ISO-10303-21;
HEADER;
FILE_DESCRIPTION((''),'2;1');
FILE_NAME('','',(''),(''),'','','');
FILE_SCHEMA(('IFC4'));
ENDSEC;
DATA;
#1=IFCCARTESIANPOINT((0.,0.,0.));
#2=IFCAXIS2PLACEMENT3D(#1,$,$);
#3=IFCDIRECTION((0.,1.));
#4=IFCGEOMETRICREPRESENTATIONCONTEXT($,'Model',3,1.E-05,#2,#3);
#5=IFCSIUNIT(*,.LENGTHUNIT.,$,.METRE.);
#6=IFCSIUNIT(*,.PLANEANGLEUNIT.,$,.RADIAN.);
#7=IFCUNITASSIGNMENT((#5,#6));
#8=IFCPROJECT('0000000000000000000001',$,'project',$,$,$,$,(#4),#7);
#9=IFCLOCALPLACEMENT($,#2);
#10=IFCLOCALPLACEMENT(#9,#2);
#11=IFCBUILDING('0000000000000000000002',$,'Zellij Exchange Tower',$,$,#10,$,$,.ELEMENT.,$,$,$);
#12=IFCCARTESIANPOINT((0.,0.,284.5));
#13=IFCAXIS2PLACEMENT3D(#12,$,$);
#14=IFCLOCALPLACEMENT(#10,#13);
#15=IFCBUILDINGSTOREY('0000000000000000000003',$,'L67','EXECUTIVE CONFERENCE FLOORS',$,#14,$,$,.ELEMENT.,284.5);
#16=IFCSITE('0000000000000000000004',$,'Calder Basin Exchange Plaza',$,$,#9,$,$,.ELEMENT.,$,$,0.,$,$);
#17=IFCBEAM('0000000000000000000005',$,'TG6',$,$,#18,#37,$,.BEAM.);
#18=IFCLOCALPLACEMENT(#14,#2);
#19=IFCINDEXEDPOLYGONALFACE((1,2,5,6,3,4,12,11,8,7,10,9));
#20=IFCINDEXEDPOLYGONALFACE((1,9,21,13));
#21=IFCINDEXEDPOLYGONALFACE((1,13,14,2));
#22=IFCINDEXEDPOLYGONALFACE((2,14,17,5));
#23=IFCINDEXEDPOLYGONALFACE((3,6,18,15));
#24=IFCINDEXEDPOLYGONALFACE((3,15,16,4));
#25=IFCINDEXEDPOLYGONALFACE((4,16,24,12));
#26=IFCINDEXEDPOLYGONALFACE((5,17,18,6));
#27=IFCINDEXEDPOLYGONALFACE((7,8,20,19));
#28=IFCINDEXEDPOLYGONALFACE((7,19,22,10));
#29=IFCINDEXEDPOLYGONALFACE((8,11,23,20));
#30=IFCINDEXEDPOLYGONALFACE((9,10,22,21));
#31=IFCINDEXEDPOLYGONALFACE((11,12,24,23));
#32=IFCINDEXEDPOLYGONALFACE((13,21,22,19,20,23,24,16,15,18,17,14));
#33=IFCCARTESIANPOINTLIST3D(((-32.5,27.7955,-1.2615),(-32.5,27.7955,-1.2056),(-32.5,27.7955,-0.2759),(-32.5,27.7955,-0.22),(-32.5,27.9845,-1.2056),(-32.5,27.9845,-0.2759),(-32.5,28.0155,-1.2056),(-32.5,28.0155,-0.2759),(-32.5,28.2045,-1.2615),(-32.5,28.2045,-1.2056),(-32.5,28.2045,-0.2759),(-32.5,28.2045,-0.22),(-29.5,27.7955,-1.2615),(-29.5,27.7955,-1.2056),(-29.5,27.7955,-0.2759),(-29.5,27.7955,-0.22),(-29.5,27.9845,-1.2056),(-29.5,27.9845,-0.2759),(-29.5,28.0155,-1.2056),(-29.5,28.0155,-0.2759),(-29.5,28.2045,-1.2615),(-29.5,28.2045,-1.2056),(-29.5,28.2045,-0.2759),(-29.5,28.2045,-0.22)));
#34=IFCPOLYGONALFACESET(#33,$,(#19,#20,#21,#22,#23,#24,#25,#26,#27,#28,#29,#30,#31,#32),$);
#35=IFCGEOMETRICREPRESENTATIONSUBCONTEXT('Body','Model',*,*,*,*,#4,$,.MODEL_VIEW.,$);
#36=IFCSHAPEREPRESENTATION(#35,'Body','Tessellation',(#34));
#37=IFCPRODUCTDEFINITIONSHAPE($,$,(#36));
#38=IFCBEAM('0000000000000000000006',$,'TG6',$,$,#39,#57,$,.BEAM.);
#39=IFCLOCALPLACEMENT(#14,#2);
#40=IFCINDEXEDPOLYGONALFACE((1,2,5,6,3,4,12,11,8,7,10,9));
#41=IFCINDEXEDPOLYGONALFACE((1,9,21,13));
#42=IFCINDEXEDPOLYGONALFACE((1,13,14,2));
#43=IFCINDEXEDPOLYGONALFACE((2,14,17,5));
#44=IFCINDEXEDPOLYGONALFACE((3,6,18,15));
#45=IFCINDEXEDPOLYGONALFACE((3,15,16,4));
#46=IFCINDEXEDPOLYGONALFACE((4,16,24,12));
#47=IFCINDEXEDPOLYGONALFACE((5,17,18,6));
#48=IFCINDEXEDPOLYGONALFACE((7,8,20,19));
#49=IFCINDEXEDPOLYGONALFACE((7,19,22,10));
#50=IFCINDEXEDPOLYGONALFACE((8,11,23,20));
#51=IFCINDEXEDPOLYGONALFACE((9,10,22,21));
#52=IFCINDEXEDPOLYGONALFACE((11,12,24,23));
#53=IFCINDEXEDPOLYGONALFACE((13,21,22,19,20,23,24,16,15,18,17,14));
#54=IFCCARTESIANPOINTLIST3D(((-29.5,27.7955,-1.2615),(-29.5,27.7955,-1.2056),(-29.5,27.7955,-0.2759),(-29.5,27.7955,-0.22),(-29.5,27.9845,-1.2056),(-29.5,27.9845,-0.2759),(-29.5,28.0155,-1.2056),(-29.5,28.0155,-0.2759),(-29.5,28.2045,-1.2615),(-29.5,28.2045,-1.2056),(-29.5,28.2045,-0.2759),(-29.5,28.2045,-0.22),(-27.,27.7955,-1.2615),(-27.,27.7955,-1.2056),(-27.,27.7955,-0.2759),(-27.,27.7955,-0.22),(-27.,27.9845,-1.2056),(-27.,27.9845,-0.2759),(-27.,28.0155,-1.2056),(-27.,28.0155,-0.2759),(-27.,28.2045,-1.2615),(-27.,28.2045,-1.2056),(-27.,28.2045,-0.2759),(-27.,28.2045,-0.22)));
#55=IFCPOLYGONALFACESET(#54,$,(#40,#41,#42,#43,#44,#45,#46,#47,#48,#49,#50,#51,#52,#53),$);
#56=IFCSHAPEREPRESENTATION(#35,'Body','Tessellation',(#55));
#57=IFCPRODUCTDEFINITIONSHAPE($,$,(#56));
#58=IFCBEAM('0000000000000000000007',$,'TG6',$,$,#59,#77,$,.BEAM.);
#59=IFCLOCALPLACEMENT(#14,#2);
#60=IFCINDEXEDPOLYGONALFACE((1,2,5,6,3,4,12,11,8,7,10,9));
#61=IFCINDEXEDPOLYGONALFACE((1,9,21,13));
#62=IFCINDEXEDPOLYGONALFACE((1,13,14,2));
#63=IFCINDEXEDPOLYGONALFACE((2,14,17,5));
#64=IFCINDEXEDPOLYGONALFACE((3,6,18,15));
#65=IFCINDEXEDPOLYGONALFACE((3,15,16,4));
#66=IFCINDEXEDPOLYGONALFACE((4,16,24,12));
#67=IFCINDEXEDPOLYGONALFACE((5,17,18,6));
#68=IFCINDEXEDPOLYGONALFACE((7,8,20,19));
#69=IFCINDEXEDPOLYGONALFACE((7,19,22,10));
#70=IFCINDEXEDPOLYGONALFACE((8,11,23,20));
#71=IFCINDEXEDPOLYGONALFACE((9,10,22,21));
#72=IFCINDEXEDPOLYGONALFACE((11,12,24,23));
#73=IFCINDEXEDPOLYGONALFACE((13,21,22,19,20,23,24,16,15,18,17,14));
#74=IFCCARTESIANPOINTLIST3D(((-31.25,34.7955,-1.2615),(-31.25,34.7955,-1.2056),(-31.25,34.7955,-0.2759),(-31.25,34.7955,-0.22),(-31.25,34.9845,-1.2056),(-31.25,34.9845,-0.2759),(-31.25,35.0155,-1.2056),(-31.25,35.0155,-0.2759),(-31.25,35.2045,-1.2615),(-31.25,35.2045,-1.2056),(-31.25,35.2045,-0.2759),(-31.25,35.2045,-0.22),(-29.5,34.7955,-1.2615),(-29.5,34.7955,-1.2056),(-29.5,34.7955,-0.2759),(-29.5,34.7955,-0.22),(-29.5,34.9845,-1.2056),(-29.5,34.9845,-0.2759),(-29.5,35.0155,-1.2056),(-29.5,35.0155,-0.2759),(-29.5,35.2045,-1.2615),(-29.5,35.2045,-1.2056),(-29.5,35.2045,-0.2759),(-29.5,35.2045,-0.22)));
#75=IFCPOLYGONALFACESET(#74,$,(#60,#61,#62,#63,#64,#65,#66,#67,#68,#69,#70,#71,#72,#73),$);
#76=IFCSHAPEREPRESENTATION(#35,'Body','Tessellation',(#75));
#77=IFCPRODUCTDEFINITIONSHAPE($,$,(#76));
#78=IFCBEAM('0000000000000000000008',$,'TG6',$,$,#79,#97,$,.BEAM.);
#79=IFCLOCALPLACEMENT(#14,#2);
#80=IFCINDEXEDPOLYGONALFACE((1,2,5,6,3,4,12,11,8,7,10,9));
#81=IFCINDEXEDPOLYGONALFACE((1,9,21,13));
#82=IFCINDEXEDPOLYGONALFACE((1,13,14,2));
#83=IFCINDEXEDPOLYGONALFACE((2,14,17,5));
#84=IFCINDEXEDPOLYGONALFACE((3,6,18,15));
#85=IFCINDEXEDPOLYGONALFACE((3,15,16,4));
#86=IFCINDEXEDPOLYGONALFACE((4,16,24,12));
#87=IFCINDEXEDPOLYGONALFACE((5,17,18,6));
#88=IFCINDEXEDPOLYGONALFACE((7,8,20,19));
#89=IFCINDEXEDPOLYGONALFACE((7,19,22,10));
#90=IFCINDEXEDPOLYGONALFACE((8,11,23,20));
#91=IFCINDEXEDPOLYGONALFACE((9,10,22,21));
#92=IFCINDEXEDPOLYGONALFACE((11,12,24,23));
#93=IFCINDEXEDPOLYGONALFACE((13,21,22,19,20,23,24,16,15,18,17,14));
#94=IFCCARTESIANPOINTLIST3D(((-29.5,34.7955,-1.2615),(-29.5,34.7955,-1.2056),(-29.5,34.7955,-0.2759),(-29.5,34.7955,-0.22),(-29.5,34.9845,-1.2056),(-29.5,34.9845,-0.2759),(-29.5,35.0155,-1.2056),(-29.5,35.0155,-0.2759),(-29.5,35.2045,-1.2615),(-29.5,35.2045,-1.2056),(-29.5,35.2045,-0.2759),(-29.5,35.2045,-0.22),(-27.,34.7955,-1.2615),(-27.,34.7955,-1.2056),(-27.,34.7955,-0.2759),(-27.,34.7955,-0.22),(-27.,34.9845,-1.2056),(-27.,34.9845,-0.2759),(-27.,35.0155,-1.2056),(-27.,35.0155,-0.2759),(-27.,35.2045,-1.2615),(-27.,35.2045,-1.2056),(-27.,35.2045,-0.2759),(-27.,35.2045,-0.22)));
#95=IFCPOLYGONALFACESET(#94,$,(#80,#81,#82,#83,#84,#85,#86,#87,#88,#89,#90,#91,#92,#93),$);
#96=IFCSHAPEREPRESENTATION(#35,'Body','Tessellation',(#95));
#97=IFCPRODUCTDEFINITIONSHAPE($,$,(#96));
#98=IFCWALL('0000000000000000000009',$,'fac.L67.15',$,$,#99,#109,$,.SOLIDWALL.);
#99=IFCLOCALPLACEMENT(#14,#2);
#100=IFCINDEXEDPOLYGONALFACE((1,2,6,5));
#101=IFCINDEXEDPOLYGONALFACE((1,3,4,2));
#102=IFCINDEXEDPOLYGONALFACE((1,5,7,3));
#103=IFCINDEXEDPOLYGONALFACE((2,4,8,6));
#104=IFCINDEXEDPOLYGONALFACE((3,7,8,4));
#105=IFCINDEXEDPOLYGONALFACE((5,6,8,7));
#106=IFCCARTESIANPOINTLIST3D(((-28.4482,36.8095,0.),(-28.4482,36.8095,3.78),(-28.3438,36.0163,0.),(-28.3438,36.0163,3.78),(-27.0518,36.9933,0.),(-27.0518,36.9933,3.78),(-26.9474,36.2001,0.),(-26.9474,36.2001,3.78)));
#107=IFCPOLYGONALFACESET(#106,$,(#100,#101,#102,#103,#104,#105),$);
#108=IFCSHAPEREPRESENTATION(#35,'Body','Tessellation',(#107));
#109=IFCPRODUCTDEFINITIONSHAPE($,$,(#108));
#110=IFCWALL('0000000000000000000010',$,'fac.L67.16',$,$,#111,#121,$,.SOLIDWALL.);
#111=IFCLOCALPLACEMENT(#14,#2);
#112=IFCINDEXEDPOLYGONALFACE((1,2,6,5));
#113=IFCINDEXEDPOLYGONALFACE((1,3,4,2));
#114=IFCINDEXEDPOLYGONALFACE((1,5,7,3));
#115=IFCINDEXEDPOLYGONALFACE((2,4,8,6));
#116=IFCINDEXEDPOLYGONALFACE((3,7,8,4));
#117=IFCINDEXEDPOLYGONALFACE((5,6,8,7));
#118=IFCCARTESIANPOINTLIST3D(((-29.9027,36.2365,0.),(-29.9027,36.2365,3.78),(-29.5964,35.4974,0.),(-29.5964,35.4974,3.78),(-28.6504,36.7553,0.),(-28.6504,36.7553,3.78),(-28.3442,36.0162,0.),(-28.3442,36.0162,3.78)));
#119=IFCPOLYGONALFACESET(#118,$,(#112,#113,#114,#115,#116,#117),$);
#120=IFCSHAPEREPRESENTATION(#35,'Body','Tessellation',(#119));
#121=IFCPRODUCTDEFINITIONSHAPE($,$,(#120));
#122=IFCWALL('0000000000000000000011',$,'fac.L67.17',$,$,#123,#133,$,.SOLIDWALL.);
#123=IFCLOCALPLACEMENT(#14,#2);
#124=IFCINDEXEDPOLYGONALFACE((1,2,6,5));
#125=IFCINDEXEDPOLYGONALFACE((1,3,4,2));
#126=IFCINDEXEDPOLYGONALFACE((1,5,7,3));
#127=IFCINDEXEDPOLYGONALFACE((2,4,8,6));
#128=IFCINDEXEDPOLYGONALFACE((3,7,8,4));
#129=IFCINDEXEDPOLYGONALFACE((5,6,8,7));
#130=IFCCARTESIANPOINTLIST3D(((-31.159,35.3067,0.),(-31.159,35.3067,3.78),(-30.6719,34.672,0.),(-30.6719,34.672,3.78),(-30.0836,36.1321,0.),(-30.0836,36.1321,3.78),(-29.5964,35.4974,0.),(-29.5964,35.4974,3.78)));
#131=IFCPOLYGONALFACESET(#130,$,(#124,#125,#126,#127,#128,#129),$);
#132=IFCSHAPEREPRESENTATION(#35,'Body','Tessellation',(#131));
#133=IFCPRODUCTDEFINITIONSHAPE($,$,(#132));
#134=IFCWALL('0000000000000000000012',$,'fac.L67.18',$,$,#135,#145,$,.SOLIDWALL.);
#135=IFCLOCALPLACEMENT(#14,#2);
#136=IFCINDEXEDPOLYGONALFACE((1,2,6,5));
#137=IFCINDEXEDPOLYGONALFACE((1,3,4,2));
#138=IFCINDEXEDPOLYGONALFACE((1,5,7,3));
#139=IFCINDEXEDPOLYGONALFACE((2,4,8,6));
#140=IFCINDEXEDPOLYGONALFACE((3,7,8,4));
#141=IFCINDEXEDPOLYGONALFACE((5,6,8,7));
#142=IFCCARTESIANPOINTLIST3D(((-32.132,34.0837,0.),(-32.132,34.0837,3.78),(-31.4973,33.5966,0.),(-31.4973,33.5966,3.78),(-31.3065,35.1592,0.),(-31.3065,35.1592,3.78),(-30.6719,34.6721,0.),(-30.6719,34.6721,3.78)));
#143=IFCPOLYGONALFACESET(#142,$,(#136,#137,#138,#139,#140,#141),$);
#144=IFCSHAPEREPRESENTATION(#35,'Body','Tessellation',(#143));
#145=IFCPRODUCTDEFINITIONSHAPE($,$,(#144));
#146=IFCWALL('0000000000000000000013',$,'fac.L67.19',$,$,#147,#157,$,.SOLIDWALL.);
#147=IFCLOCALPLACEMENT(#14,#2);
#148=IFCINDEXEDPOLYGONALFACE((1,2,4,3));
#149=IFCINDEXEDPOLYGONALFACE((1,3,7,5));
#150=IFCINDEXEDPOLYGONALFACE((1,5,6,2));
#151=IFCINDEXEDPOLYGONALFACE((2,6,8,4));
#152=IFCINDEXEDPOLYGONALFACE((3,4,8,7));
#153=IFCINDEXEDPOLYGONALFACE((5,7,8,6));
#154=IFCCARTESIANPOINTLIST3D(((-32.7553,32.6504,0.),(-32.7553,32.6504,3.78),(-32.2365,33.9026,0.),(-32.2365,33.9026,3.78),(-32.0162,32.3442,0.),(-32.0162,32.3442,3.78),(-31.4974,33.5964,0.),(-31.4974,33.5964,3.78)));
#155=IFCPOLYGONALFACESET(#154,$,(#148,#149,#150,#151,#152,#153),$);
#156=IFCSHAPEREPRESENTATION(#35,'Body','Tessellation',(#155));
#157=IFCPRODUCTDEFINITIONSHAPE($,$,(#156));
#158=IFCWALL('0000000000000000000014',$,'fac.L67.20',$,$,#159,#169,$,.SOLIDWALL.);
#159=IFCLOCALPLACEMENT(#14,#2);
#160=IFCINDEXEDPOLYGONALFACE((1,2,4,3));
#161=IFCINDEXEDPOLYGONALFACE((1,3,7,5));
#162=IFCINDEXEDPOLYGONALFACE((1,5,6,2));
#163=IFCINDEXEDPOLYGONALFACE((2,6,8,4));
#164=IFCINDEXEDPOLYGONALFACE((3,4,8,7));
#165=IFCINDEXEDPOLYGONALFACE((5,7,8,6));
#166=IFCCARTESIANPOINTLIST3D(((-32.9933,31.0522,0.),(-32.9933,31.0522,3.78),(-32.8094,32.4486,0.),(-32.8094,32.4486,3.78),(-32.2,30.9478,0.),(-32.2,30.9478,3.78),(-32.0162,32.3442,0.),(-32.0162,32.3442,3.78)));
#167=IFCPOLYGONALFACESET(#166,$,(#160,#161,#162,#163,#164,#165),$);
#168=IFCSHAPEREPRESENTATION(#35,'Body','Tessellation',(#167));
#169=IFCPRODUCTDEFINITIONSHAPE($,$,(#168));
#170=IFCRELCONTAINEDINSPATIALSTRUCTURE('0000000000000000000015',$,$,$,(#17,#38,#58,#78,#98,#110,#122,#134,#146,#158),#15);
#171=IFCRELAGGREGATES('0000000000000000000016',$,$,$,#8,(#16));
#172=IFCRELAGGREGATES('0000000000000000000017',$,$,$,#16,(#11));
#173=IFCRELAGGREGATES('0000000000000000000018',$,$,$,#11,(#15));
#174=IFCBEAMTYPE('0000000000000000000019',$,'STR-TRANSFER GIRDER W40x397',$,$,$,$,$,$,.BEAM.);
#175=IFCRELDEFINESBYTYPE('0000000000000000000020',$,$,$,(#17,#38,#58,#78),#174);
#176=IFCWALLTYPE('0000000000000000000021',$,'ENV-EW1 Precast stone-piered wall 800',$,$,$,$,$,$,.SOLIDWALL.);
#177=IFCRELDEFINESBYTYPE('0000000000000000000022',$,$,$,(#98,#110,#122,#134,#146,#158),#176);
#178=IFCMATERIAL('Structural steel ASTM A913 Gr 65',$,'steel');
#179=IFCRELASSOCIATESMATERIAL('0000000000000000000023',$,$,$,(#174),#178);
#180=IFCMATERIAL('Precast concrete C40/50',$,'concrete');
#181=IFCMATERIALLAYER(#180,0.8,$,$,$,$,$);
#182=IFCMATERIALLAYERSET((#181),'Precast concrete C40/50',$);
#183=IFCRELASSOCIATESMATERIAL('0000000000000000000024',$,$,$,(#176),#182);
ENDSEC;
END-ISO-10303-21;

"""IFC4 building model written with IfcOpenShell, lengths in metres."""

from ifc_helpers import new_model, si_unit, direction, frame, frame_2d, origin, origin_2d, place, context, subcontext, project, spatial, rectangle, i_section, extrude, material, layer, layer_set, material_profile, profile_set, type_object, element, save


model = new_model("IFC4")

# Units and contexts
model_context = context("Model", 3, precision=1e-05, world=origin(), true_north=direction((0.0, 1.0)))
body_context = subcontext(model_context, "Body", "Model", "MODEL_VIEW")
ifc_project = project(units=[si_unit("LENGTHUNIT", "METRE"), si_unit("PLANEANGLEUNIT", "RADIAN")], contexts=[model_context])

# Site, building, storey
site_placement = place(None, origin())
site = spatial("IfcSite", under=ifc_project, at=site_placement, Name="Calder Basin Exchange Plaza", CompositionType="ELEMENT", RefElevation=0.0)
building_placement = place(site_placement, origin())
building = spatial("IfcBuilding", under=site, at=building_placement, Name="Zellij Exchange Tower", CompositionType="ELEMENT")
storey_placement = place(building_placement, frame((0.0, 0.0, 284.5)))
storey = spatial("IfcBuildingStorey", under=building, at=storey_placement, Name="L67", Description="EXECUTIVE CONFERENCE FLOORS", CompositionType="ELEMENT", Elevation=284.5)

# Beams
ifc_material_1 = material(Name="Structural steel ASTM A913 Gr 65", Category="steel")
ifc_material_profile_1 = material_profile(ifc_material_1, i_section(OverallWidth=0.4089, OverallDepth=1.0415, WebThickness=0.031, FlangeThickness=0.0559, at=origin_2d()), Name="W40x397")
ifc_profile_set_1 = profile_set([ifc_material_profile_1], Name="Structural steel ASTM A913 Gr 65")
beam_type_1 = type_object("IfcBeamType", Name="STR-TRANSFER GIRDER W40x397", PredefinedType="BEAM", material=ifc_profile_set_1)
beam_1_placement = place(storey_placement, frame((-32.5, 28.0, -0.7407), z_axis=(1.0, 0.0, 0.0), x_axis=(0.0, 1.0, 0.0)))
element("IfcBeam", 1, at=beam_1_placement, inside=storey, type_object=beam_type_1, Name="TG6", PredefinedType="BEAM", context=body_context, shape_type="SweptSolid", body=[
    extrude(i_section(OverallWidth=0.4089, OverallDepth=1.0415, WebThickness=0.031, FlangeThickness=0.0559, at=origin_2d()), origin(), (0.0, 0.0, 1.0), 3.0),
])
beam_2_placement = place(storey_placement, frame((-29.5, 28.0, -0.7407), z_axis=(1.0, 0.0, 0.0), x_axis=(0.0, 1.0, 0.0)))
element("IfcBeam", 2, at=beam_2_placement, inside=storey, type_object=beam_type_1, Name="TG6", PredefinedType="BEAM", context=body_context, shape_type="SweptSolid", body=[
    extrude(i_section(OverallWidth=0.4089, OverallDepth=1.0415, WebThickness=0.031, FlangeThickness=0.0559, at=origin_2d()), origin(), (0.0, 0.0, 1.0), 2.5),
])
beam_3_placement = place(storey_placement, frame((-31.25, 35.0, -0.7407), z_axis=(1.0, 0.0, 0.0), x_axis=(0.0, 1.0, 0.0)))
element("IfcBeam", 3, at=beam_3_placement, inside=storey, type_object=beam_type_1, Name="TG6", PredefinedType="BEAM", context=body_context, shape_type="SweptSolid", body=[
    extrude(i_section(OverallWidth=0.4089, OverallDepth=1.0415, WebThickness=0.031, FlangeThickness=0.0559, at=origin_2d()), origin(), (0.0, 0.0, 1.0), 1.75),
])
beam_4_placement = place(storey_placement, frame((-29.5, 35.0, -0.7407), z_axis=(1.0, 0.0, 0.0), x_axis=(0.0, 1.0, 0.0)))
element("IfcBeam", 4, at=beam_4_placement, inside=storey, type_object=beam_type_1, Name="TG6", PredefinedType="BEAM", context=body_context, shape_type="SweptSolid", body=[
    extrude(i_section(OverallWidth=0.4089, OverallDepth=1.0415, WebThickness=0.031, FlangeThickness=0.0559, at=origin_2d()), origin(), (0.0, 0.0, 1.0), 2.5),
])

# Walls
ifc_material_2 = material(Name="Precast concrete C40/50", Category="concrete")
ifc_layer = layer(ifc_material_2, 0.8)
ifc_layer_set = layer_set([ifc_layer], Name="Precast concrete C40/50")
wall_type = type_object("IfcWallType", Name="ENV-EW1 Precast stone-piered wall 800", PredefinedType="SOLIDWALL", material=ifc_layer_set)
wall_1_placement = place(storey_placement, frame((-26.9998, 36.5967, 0.0), z_axis=(0.0, 0.0, 1.0), x_axis=(-0.991446, -0.130517, 0.0)))
element("IfcWall", 5, at=wall_1_placement, inside=storey, type_object=wall_type, Name="fac.L67.15", PredefinedType="SOLIDWALL", context=body_context, shape_type="SweptSolid", body=[
    extrude(rectangle(XDim=1.4084, YDim=0.8, at=frame_2d((0.7041, 0.0))), origin(), (0.0, 0.0, 1.0), 3.78),
])
wall_2_placement = place(storey_placement, frame((-28.4973, 36.3857, 0.0), z_axis=(0.0, 0.0, 1.0), x_axis=(-0.923848, -0.38276, 0.0)))
element("IfcWall", 6, at=wall_2_placement, inside=storey, type_object=wall_type, Name="fac.L67.16", PredefinedType="SOLIDWALL", context=body_context, shape_type="SweptSolid", body=[
    extrude(rectangle(XDim=1.3555, YDim=0.8, at=frame_2d((0.6777, 0.0))), origin(), (0.0, 0.0, 1.0), 3.78),
])
for number, where, z_axis, x_axis, name in (
    (7, (-29.8401, 35.8147, 0.0), (0.0, 0.0, 1.0), (-0.793273, -0.608866, 0.0), "fac.L67.17"),
    (8, (-30.9893, 34.9155, 0.0), (0.0, 0.0, 1.0), (-0.608866, -0.793273, 0.0), "fac.L67.18"),
):
    element("IfcWall", number, at=place(storey_placement, frame(where, z_axis=z_axis, x_axis=x_axis)), inside=storey, type_object=wall_type, Name=name, PredefinedType="SOLIDWALL", context=body_context, shape_type="SweptSolid", body=[
        extrude(rectangle(XDim=1.3557, YDim=0.8, at=frame_2d((0.6777, 0.0))), origin(), (0.0, 0.0, 1.0), 3.78),
    ])
wall_3_placement = place(storey_placement, frame((-31.8669, 33.7495, 0.0), z_axis=(0.0, 0.0, 1.0), x_axis=(-0.38276, -0.923848, 0.0)))
element("IfcWall", 9, at=wall_3_placement, inside=storey, type_object=wall_type, Name="fac.L67.19", PredefinedType="SOLIDWALL", context=body_context, shape_type="SweptSolid", body=[
    extrude(rectangle(XDim=1.3555, YDim=0.8, at=frame_2d((0.6777, 0.0))), origin(), (0.0, 0.0, 1.0), 3.78),
])
wall_4_placement = place(storey_placement, frame((-32.4128, 32.3962, 0.0), z_axis=(0.0, 0.0, 1.0), x_axis=(-0.130517, -0.991446, 0.0)))
element("IfcWall", 10, at=wall_4_placement, inside=storey, type_object=wall_type, Name="fac.L67.20", PredefinedType="SOLIDWALL", context=body_context, shape_type="SweptSolid", body=[
    extrude(rectangle(XDim=1.4084, YDim=0.8, at=frame_2d((0.7041, 0.0))), origin(), (0.0, 0.0, 1.0), 3.78),
])

save(model, "model.ifc")
